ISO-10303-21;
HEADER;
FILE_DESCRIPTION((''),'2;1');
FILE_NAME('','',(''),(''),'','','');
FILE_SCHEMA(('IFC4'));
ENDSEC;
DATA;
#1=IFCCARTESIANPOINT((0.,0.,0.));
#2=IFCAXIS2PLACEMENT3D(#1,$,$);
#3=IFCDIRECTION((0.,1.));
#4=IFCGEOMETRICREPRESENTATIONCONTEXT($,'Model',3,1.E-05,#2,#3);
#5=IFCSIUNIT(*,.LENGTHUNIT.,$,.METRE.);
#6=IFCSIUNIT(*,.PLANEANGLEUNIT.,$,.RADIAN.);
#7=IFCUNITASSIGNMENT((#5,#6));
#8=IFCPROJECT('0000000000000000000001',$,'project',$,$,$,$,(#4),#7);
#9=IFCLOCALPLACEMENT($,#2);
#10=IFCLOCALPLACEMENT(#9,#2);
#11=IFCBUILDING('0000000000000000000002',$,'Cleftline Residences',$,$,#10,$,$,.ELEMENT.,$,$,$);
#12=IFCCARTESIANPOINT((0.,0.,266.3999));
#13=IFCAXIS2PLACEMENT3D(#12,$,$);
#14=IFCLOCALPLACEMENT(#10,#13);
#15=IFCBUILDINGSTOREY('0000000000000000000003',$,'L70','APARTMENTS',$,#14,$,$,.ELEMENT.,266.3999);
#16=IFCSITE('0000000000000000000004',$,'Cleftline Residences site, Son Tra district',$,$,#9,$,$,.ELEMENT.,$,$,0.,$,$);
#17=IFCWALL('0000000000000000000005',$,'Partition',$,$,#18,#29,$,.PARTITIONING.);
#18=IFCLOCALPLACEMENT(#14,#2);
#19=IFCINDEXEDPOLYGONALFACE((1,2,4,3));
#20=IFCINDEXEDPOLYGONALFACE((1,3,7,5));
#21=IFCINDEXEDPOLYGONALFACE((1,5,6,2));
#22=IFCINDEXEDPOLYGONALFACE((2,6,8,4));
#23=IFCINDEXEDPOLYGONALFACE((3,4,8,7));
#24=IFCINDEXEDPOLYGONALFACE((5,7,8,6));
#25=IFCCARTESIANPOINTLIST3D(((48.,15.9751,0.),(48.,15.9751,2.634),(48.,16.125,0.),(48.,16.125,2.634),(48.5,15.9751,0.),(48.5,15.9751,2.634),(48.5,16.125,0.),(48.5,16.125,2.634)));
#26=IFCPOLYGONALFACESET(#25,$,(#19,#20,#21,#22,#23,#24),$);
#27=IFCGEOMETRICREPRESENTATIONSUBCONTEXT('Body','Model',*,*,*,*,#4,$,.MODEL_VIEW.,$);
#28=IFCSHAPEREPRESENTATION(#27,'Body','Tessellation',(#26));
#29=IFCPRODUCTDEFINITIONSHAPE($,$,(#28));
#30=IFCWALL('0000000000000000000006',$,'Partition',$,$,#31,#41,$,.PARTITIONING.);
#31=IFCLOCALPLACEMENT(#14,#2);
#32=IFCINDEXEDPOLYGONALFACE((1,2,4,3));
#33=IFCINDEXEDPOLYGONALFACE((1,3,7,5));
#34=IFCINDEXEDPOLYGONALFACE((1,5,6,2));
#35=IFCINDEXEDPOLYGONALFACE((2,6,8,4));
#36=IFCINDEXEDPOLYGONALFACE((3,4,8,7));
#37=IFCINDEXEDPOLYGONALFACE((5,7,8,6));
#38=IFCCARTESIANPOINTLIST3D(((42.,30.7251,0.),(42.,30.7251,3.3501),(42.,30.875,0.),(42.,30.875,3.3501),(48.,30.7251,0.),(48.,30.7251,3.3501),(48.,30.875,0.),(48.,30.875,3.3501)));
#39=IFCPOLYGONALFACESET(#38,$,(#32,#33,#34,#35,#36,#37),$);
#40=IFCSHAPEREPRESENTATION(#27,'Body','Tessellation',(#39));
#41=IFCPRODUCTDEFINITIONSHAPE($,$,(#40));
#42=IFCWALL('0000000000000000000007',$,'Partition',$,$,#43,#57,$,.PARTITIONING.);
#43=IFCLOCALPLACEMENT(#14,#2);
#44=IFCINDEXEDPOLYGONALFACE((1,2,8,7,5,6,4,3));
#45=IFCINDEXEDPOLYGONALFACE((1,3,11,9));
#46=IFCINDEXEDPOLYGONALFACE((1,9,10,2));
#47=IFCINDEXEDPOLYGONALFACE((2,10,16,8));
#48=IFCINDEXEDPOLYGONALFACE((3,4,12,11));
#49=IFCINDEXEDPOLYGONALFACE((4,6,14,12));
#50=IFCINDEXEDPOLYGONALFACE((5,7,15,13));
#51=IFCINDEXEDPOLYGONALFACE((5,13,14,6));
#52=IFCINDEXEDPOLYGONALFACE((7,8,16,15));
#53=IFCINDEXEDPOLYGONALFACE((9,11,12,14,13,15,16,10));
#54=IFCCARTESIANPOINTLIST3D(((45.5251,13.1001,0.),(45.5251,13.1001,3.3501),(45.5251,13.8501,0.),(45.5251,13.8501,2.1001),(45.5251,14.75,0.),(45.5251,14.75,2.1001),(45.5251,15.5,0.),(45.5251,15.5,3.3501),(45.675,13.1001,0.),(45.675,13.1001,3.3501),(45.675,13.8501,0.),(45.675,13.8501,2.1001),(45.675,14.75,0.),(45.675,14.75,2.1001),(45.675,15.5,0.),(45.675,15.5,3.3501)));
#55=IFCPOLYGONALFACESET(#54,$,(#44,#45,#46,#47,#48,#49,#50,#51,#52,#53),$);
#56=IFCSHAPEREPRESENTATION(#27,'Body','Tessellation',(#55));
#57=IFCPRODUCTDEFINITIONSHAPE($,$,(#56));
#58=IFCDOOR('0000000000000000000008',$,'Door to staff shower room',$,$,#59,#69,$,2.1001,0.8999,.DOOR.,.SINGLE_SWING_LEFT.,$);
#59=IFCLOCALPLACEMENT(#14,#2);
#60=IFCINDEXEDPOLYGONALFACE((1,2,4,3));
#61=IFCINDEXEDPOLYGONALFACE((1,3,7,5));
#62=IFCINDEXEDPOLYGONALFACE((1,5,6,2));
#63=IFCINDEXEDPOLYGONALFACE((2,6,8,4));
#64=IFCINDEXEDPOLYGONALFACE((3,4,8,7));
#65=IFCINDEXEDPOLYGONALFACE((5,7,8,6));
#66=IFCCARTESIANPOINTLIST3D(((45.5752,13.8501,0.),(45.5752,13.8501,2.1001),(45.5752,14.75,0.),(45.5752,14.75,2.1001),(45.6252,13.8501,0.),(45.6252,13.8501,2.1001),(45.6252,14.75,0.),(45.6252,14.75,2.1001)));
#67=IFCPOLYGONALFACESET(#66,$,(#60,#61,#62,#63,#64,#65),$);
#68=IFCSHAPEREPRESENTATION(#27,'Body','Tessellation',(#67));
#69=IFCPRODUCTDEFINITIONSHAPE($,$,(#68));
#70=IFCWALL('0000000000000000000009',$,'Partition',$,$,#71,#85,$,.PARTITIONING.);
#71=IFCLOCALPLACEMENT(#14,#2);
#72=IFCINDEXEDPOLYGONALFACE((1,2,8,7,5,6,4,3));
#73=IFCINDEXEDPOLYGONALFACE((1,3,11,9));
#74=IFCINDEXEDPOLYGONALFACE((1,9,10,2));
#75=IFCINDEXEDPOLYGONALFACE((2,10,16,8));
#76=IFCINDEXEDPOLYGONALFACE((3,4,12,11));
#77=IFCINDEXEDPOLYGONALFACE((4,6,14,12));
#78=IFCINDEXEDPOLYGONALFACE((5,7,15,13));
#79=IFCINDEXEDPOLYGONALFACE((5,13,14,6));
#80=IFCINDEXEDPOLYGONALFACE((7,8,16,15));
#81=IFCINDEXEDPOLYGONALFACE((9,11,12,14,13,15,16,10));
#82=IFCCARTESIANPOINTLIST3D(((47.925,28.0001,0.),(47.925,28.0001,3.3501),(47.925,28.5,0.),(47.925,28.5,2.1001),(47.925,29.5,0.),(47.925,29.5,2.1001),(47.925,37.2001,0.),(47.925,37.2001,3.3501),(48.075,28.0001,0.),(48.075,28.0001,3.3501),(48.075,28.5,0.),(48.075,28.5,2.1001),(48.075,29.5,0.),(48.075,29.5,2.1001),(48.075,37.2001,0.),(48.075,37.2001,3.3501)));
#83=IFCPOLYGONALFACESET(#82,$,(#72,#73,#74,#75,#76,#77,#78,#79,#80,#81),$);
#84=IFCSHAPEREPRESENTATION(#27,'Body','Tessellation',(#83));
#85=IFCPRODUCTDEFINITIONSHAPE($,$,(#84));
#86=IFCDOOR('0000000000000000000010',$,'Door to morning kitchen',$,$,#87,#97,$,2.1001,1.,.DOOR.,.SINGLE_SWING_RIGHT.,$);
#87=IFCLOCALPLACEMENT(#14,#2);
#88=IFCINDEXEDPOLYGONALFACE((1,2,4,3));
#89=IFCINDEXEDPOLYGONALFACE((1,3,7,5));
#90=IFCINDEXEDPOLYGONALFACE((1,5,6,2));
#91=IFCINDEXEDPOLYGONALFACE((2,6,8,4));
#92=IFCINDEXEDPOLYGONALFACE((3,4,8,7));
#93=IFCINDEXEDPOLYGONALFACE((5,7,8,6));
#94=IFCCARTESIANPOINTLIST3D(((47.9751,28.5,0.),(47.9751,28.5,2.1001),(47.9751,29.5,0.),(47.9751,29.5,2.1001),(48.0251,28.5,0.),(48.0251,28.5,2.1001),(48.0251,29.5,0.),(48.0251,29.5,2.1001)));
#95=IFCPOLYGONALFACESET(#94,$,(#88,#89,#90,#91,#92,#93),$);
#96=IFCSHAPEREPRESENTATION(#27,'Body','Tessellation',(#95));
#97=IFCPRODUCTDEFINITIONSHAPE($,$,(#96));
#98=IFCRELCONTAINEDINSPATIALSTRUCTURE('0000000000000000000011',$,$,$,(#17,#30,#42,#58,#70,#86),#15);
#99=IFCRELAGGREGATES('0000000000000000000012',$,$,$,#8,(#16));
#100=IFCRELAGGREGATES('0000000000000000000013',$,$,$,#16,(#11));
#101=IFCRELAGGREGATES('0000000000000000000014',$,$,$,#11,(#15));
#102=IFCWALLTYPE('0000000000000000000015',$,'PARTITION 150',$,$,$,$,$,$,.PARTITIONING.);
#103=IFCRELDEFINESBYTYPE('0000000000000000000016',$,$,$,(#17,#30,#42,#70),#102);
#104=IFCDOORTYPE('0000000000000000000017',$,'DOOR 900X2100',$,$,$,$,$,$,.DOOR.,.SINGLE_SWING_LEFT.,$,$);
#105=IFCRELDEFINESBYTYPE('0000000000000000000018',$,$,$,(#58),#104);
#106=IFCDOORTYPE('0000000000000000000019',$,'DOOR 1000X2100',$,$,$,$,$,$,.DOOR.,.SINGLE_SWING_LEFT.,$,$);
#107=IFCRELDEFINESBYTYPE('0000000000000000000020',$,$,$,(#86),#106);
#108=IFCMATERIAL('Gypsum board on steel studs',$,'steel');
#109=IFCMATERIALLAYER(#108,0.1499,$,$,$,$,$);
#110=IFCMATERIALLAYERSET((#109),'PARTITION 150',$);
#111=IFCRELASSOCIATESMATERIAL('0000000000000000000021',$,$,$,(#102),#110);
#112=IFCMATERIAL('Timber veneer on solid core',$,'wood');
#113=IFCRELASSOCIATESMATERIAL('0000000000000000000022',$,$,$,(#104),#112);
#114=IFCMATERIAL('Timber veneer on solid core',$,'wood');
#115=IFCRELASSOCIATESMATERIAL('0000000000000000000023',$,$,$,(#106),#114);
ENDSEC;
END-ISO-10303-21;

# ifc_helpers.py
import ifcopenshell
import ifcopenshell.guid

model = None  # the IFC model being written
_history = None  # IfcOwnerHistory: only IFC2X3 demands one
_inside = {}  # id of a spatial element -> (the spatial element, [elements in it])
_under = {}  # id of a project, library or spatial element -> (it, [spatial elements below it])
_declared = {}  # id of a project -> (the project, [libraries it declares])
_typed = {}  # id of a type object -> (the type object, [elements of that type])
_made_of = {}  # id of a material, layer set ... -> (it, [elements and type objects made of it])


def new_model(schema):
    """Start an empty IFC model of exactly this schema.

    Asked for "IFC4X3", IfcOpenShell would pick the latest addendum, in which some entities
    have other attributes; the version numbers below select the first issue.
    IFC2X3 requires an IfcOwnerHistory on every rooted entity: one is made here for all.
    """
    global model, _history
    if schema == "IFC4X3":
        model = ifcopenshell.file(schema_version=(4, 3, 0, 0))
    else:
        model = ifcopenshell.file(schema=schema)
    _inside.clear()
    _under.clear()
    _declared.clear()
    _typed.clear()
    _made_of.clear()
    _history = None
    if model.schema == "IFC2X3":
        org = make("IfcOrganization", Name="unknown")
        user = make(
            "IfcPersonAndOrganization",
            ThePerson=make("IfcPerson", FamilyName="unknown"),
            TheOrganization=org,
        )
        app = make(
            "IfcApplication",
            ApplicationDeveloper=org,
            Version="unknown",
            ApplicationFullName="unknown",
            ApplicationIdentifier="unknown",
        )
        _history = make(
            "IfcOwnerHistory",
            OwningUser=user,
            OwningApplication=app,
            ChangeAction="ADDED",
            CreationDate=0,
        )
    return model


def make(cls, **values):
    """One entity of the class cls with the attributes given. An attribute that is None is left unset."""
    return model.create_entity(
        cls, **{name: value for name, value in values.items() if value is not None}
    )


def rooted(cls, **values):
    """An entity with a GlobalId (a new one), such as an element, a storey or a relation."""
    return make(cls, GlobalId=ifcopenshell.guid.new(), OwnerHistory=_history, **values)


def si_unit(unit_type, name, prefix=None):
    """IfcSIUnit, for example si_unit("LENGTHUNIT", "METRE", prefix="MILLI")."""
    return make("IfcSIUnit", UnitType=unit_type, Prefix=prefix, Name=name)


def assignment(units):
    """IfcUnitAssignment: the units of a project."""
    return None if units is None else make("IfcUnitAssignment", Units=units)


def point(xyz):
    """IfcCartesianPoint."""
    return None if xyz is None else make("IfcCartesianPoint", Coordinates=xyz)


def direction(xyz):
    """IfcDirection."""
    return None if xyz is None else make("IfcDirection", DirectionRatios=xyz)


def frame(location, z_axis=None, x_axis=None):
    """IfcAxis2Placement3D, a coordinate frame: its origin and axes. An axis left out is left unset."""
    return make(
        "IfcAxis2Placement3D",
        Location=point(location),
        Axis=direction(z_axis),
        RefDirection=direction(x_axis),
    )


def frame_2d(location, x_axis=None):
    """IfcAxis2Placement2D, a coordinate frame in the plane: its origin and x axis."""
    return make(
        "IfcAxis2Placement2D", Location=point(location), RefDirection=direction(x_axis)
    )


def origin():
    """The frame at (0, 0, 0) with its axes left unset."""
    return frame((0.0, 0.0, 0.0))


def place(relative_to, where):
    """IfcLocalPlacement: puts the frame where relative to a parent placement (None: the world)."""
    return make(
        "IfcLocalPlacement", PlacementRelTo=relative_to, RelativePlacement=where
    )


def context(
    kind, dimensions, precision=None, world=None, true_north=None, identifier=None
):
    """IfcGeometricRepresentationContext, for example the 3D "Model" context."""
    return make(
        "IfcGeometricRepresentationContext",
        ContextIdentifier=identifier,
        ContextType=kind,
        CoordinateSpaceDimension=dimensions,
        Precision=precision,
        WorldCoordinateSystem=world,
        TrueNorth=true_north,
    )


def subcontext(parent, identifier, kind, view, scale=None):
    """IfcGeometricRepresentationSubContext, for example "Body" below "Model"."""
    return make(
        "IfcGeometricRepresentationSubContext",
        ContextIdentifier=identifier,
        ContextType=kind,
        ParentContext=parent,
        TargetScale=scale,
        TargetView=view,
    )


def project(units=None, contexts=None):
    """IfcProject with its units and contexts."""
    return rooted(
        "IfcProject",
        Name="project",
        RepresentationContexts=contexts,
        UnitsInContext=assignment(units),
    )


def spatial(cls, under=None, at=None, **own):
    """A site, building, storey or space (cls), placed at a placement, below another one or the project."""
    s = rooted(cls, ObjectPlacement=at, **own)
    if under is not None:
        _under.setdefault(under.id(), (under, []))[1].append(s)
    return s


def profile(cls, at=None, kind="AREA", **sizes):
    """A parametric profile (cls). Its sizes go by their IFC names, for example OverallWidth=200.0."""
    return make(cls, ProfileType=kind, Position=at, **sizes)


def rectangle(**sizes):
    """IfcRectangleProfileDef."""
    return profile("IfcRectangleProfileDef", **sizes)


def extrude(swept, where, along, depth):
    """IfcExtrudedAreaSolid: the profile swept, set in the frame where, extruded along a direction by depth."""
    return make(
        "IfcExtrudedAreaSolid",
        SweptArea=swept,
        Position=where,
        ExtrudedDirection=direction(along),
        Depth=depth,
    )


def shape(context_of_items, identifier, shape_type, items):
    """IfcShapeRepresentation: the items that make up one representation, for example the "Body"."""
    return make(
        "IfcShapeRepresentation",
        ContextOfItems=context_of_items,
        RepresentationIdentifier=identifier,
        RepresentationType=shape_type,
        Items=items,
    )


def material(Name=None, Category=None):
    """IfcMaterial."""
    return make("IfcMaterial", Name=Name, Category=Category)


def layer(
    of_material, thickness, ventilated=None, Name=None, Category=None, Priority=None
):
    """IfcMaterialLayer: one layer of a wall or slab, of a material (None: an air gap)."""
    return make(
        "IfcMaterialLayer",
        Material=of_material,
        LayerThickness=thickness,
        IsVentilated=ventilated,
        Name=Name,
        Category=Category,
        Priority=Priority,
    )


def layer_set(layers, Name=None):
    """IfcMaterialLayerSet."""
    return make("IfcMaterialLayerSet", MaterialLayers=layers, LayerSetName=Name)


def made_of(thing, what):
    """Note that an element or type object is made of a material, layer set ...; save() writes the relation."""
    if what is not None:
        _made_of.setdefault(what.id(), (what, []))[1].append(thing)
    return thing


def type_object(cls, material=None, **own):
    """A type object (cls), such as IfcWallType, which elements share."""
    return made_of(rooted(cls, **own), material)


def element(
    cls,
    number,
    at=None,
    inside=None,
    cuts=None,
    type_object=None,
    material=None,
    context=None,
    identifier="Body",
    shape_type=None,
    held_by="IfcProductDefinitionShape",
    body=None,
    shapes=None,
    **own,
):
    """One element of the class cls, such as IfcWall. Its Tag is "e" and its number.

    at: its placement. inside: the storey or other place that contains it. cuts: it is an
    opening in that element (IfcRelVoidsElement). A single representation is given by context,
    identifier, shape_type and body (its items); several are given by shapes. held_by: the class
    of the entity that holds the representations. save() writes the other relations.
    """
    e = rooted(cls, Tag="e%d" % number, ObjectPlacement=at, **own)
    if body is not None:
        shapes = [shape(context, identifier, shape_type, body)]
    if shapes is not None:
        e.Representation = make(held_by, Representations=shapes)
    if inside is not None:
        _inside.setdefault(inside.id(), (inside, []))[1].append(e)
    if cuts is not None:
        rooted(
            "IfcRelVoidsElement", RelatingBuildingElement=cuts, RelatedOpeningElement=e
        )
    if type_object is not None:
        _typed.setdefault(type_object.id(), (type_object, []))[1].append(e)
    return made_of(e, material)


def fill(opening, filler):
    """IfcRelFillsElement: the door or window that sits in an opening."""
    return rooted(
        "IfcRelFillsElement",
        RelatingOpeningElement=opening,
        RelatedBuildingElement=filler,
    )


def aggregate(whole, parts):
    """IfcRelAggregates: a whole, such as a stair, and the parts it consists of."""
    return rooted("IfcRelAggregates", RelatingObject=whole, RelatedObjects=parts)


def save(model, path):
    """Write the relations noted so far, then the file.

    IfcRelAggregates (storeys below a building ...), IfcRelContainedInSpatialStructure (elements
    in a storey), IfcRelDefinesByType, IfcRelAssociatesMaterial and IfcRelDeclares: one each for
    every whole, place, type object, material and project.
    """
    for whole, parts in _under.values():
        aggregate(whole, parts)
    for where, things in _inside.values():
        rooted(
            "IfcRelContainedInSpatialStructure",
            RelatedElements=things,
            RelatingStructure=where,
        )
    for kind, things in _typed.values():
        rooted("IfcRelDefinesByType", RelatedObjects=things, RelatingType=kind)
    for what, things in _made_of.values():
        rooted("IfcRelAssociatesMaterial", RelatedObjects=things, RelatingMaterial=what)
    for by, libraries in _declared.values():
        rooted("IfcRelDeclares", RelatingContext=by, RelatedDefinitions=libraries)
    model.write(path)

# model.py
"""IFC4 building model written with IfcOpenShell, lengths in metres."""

from ifc_helpers import new_model, si_unit, direction, frame, frame_2d, origin, place, context, subcontext, project, spatial, rectangle, extrude, material, layer, layer_set, type_object, element, fill, save


model = new_model("IFC4")

# Units and contexts
model_context = context("Model", 3, precision=1e-05, world=origin(), true_north=direction((0.0, 1.0)))
body_context = subcontext(model_context, "Body", "Model", "MODEL_VIEW")
ifc_project = project(units=[si_unit("LENGTHUNIT", "METRE"), si_unit("PLANEANGLEUNIT", "RADIAN")], contexts=[model_context])

# Site, building, storey
site_placement = place(None, origin())
site = spatial("IfcSite", under=ifc_project, at=site_placement, Name="Cleftline Residences site, Son Tra district", CompositionType="ELEMENT", RefElevation=0.0)
building_placement = place(site_placement, origin())
building = spatial("IfcBuilding", under=site, at=building_placement, Name="Cleftline Residences", CompositionType="ELEMENT")
storey_placement = place(building_placement, frame((0.0, 0.0, 266.3999)))
storey = spatial("IfcBuildingStorey", under=building, at=storey_placement, Name="L70", Description="APARTMENTS", CompositionType="ELEMENT", Elevation=266.3999)

# Walls
ifc_material_1 = material(Name="Gypsum board on steel studs", Category="steel")
ifc_layer_1 = layer(ifc_material_1, 0.1499)
ifc_layer_set_1 = layer_set([ifc_layer_1], Name="PARTITION 150")
wall_type_1 = type_object("IfcWallType", Name="PARTITION 150", PredefinedType="PARTITIONING", material=ifc_layer_set_1)
wall_1_placement = place(storey_placement, frame((48.0, 16.05, 0.0), z_axis=(0.0, 0.0, 1.0), x_axis=(1.0, 0.0, 0.0)))
element("IfcWall", 1, at=wall_1_placement, inside=storey, type_object=wall_type_1, Name="Partition", PredefinedType="PARTITIONING", context=body_context, shape_type="SweptSolid", body=[
    extrude(rectangle(XDim=0.5, YDim=0.1499, at=frame_2d((0.25, 0.0))), origin(), (0.0, 0.0, 1.0), 2.634),
])
wall_2_placement = place(storey_placement, frame((42.0, 30.8, 0.0), z_axis=(0.0, 0.0, 1.0), x_axis=(1.0, 0.0, 0.0)))
element("IfcWall", 2, at=wall_2_placement, inside=storey, type_object=wall_type_1, Name="Partition", PredefinedType="PARTITIONING", context=body_context, shape_type="SweptSolid", body=[
    extrude(rectangle(XDim=6.0, YDim=0.1499, at=frame_2d((3.0, 0.0))), origin(), (0.0, 0.0, 1.0), 3.3501),
])

# Walls, openings, doors
wall_3_placement = place(storey_placement, frame((45.6001, 13.1001, 0.0), z_axis=(0.0, 0.0, 1.0), x_axis=(0.0, 1.0, 0.0)))
wall_3 = element("IfcWall", 3, at=wall_3_placement, inside=storey, type_object=wall_type_1, Name="Partition", PredefinedType="PARTITIONING", context=body_context, shape_type="SweptSolid", body=[
    extrude(rectangle(XDim=2.3999, YDim=0.1499, at=frame_2d((1.2, 0.0))), origin(), (0.0, 0.0, 1.0), 3.3501),
])
opening_1_placement = place(wall_3_placement, frame((0.75, 0.0, 0.0)))
opening_1 = element("IfcOpeningElement", 4, at=opening_1_placement, cuts=wall_3, PredefinedType="OPENING", context=body_context, shape_type="SweptSolid", body=[
    extrude(rectangle(XDim=0.8999, YDim=2.1001, at=frame_2d((0.45, 1.05))), frame((0.0, 0.085, 0.0), z_axis=(0.0, -1.0, 0.0), x_axis=(1.0, 0.0, 0.0)), (0.0, 0.0, 1.0), 0.1699),
])
ifc_material_2 = material(Name="Timber veneer on solid core", Category="wood")
door_type_1 = type_object("IfcDoorType", Name="DOOR 900X2100", OperationType="SINGLE_SWING_LEFT", PredefinedType="DOOR", material=ifc_material_2)
door_1_placement = place(opening_1_placement, origin())
door_1 = element("IfcDoor", 5, at=door_1_placement, inside=storey, type_object=door_type_1, Name="Door to staff shower room", OperationType="SINGLE_SWING_LEFT", OverallHeight=2.1001, OverallWidth=0.8999, PredefinedType="DOOR", context=body_context, shape_type="SweptSolid", body=[
    extrude(rectangle(XDim=0.8999, YDim=2.1001, at=frame_2d((0.45, 1.05))), frame((0.0, 0.0249, 0.0), z_axis=(0.0, -1.0, 0.0), x_axis=(1.0, 0.0, 0.0)), (0.0, 0.0, 1.0), 0.05),
])
fill(opening_1, door_1)
wall_4_placement = place(storey_placement, frame((48.0, 28.0, 0.0), z_axis=(0.0, 0.0, 1.0), x_axis=(0.0, 1.0, 0.0)))
wall_4 = element("IfcWall", 6, at=wall_4_placement, inside=storey, type_object=wall_type_1, Name="Partition", PredefinedType="PARTITIONING", context=body_context, shape_type="SweptSolid", body=[
    extrude(rectangle(XDim=9.2, YDim=0.1499, at=frame_2d((4.6001, 0.0))), origin(), (0.0, 0.0, 1.0), 3.3501),
])
opening_2_placement = place(wall_4_placement, frame((0.5, 0.0, 0.0)))
opening_2 = element("IfcOpeningElement", 7, at=opening_2_placement, cuts=wall_4, PredefinedType="OPENING", context=body_context, shape_type="SweptSolid", body=[
    extrude(rectangle(XDim=1.0, YDim=2.1001, at=frame_2d((0.5, 1.05))), frame((0.0, 0.085, 0.0), z_axis=(0.0, -1.0, 0.0), x_axis=(1.0, 0.0, 0.0)), (0.0, 0.0, 1.0), 0.1699),
])
ifc_material_3 = material(Name="Timber veneer on solid core", Category="wood")
door_type_2 = type_object("IfcDoorType", Name="DOOR 1000X2100", OperationType="SINGLE_SWING_LEFT", PredefinedType="DOOR", material=ifc_material_3)
door_2_placement = place(opening_2_placement, origin())
door_2 = element("IfcDoor", 8, at=door_2_placement, inside=storey, type_object=door_type_2, Name="Door to morning kitchen", OperationType="SINGLE_SWING_RIGHT", OverallHeight=2.1001, OverallWidth=1.0, PredefinedType="DOOR", context=body_context, shape_type="SweptSolid", body=[
    extrude(rectangle(XDim=1.0, YDim=2.1001, at=frame_2d((0.5, 1.05))), frame((0.0, 0.0249, 0.0), z_axis=(0.0, -1.0, 0.0), x_axis=(1.0, 0.0, 0.0)), (0.0, 0.0, 1.0), 0.05),
])
fill(opening_2, door_2)

save(model, "model.ifc")
